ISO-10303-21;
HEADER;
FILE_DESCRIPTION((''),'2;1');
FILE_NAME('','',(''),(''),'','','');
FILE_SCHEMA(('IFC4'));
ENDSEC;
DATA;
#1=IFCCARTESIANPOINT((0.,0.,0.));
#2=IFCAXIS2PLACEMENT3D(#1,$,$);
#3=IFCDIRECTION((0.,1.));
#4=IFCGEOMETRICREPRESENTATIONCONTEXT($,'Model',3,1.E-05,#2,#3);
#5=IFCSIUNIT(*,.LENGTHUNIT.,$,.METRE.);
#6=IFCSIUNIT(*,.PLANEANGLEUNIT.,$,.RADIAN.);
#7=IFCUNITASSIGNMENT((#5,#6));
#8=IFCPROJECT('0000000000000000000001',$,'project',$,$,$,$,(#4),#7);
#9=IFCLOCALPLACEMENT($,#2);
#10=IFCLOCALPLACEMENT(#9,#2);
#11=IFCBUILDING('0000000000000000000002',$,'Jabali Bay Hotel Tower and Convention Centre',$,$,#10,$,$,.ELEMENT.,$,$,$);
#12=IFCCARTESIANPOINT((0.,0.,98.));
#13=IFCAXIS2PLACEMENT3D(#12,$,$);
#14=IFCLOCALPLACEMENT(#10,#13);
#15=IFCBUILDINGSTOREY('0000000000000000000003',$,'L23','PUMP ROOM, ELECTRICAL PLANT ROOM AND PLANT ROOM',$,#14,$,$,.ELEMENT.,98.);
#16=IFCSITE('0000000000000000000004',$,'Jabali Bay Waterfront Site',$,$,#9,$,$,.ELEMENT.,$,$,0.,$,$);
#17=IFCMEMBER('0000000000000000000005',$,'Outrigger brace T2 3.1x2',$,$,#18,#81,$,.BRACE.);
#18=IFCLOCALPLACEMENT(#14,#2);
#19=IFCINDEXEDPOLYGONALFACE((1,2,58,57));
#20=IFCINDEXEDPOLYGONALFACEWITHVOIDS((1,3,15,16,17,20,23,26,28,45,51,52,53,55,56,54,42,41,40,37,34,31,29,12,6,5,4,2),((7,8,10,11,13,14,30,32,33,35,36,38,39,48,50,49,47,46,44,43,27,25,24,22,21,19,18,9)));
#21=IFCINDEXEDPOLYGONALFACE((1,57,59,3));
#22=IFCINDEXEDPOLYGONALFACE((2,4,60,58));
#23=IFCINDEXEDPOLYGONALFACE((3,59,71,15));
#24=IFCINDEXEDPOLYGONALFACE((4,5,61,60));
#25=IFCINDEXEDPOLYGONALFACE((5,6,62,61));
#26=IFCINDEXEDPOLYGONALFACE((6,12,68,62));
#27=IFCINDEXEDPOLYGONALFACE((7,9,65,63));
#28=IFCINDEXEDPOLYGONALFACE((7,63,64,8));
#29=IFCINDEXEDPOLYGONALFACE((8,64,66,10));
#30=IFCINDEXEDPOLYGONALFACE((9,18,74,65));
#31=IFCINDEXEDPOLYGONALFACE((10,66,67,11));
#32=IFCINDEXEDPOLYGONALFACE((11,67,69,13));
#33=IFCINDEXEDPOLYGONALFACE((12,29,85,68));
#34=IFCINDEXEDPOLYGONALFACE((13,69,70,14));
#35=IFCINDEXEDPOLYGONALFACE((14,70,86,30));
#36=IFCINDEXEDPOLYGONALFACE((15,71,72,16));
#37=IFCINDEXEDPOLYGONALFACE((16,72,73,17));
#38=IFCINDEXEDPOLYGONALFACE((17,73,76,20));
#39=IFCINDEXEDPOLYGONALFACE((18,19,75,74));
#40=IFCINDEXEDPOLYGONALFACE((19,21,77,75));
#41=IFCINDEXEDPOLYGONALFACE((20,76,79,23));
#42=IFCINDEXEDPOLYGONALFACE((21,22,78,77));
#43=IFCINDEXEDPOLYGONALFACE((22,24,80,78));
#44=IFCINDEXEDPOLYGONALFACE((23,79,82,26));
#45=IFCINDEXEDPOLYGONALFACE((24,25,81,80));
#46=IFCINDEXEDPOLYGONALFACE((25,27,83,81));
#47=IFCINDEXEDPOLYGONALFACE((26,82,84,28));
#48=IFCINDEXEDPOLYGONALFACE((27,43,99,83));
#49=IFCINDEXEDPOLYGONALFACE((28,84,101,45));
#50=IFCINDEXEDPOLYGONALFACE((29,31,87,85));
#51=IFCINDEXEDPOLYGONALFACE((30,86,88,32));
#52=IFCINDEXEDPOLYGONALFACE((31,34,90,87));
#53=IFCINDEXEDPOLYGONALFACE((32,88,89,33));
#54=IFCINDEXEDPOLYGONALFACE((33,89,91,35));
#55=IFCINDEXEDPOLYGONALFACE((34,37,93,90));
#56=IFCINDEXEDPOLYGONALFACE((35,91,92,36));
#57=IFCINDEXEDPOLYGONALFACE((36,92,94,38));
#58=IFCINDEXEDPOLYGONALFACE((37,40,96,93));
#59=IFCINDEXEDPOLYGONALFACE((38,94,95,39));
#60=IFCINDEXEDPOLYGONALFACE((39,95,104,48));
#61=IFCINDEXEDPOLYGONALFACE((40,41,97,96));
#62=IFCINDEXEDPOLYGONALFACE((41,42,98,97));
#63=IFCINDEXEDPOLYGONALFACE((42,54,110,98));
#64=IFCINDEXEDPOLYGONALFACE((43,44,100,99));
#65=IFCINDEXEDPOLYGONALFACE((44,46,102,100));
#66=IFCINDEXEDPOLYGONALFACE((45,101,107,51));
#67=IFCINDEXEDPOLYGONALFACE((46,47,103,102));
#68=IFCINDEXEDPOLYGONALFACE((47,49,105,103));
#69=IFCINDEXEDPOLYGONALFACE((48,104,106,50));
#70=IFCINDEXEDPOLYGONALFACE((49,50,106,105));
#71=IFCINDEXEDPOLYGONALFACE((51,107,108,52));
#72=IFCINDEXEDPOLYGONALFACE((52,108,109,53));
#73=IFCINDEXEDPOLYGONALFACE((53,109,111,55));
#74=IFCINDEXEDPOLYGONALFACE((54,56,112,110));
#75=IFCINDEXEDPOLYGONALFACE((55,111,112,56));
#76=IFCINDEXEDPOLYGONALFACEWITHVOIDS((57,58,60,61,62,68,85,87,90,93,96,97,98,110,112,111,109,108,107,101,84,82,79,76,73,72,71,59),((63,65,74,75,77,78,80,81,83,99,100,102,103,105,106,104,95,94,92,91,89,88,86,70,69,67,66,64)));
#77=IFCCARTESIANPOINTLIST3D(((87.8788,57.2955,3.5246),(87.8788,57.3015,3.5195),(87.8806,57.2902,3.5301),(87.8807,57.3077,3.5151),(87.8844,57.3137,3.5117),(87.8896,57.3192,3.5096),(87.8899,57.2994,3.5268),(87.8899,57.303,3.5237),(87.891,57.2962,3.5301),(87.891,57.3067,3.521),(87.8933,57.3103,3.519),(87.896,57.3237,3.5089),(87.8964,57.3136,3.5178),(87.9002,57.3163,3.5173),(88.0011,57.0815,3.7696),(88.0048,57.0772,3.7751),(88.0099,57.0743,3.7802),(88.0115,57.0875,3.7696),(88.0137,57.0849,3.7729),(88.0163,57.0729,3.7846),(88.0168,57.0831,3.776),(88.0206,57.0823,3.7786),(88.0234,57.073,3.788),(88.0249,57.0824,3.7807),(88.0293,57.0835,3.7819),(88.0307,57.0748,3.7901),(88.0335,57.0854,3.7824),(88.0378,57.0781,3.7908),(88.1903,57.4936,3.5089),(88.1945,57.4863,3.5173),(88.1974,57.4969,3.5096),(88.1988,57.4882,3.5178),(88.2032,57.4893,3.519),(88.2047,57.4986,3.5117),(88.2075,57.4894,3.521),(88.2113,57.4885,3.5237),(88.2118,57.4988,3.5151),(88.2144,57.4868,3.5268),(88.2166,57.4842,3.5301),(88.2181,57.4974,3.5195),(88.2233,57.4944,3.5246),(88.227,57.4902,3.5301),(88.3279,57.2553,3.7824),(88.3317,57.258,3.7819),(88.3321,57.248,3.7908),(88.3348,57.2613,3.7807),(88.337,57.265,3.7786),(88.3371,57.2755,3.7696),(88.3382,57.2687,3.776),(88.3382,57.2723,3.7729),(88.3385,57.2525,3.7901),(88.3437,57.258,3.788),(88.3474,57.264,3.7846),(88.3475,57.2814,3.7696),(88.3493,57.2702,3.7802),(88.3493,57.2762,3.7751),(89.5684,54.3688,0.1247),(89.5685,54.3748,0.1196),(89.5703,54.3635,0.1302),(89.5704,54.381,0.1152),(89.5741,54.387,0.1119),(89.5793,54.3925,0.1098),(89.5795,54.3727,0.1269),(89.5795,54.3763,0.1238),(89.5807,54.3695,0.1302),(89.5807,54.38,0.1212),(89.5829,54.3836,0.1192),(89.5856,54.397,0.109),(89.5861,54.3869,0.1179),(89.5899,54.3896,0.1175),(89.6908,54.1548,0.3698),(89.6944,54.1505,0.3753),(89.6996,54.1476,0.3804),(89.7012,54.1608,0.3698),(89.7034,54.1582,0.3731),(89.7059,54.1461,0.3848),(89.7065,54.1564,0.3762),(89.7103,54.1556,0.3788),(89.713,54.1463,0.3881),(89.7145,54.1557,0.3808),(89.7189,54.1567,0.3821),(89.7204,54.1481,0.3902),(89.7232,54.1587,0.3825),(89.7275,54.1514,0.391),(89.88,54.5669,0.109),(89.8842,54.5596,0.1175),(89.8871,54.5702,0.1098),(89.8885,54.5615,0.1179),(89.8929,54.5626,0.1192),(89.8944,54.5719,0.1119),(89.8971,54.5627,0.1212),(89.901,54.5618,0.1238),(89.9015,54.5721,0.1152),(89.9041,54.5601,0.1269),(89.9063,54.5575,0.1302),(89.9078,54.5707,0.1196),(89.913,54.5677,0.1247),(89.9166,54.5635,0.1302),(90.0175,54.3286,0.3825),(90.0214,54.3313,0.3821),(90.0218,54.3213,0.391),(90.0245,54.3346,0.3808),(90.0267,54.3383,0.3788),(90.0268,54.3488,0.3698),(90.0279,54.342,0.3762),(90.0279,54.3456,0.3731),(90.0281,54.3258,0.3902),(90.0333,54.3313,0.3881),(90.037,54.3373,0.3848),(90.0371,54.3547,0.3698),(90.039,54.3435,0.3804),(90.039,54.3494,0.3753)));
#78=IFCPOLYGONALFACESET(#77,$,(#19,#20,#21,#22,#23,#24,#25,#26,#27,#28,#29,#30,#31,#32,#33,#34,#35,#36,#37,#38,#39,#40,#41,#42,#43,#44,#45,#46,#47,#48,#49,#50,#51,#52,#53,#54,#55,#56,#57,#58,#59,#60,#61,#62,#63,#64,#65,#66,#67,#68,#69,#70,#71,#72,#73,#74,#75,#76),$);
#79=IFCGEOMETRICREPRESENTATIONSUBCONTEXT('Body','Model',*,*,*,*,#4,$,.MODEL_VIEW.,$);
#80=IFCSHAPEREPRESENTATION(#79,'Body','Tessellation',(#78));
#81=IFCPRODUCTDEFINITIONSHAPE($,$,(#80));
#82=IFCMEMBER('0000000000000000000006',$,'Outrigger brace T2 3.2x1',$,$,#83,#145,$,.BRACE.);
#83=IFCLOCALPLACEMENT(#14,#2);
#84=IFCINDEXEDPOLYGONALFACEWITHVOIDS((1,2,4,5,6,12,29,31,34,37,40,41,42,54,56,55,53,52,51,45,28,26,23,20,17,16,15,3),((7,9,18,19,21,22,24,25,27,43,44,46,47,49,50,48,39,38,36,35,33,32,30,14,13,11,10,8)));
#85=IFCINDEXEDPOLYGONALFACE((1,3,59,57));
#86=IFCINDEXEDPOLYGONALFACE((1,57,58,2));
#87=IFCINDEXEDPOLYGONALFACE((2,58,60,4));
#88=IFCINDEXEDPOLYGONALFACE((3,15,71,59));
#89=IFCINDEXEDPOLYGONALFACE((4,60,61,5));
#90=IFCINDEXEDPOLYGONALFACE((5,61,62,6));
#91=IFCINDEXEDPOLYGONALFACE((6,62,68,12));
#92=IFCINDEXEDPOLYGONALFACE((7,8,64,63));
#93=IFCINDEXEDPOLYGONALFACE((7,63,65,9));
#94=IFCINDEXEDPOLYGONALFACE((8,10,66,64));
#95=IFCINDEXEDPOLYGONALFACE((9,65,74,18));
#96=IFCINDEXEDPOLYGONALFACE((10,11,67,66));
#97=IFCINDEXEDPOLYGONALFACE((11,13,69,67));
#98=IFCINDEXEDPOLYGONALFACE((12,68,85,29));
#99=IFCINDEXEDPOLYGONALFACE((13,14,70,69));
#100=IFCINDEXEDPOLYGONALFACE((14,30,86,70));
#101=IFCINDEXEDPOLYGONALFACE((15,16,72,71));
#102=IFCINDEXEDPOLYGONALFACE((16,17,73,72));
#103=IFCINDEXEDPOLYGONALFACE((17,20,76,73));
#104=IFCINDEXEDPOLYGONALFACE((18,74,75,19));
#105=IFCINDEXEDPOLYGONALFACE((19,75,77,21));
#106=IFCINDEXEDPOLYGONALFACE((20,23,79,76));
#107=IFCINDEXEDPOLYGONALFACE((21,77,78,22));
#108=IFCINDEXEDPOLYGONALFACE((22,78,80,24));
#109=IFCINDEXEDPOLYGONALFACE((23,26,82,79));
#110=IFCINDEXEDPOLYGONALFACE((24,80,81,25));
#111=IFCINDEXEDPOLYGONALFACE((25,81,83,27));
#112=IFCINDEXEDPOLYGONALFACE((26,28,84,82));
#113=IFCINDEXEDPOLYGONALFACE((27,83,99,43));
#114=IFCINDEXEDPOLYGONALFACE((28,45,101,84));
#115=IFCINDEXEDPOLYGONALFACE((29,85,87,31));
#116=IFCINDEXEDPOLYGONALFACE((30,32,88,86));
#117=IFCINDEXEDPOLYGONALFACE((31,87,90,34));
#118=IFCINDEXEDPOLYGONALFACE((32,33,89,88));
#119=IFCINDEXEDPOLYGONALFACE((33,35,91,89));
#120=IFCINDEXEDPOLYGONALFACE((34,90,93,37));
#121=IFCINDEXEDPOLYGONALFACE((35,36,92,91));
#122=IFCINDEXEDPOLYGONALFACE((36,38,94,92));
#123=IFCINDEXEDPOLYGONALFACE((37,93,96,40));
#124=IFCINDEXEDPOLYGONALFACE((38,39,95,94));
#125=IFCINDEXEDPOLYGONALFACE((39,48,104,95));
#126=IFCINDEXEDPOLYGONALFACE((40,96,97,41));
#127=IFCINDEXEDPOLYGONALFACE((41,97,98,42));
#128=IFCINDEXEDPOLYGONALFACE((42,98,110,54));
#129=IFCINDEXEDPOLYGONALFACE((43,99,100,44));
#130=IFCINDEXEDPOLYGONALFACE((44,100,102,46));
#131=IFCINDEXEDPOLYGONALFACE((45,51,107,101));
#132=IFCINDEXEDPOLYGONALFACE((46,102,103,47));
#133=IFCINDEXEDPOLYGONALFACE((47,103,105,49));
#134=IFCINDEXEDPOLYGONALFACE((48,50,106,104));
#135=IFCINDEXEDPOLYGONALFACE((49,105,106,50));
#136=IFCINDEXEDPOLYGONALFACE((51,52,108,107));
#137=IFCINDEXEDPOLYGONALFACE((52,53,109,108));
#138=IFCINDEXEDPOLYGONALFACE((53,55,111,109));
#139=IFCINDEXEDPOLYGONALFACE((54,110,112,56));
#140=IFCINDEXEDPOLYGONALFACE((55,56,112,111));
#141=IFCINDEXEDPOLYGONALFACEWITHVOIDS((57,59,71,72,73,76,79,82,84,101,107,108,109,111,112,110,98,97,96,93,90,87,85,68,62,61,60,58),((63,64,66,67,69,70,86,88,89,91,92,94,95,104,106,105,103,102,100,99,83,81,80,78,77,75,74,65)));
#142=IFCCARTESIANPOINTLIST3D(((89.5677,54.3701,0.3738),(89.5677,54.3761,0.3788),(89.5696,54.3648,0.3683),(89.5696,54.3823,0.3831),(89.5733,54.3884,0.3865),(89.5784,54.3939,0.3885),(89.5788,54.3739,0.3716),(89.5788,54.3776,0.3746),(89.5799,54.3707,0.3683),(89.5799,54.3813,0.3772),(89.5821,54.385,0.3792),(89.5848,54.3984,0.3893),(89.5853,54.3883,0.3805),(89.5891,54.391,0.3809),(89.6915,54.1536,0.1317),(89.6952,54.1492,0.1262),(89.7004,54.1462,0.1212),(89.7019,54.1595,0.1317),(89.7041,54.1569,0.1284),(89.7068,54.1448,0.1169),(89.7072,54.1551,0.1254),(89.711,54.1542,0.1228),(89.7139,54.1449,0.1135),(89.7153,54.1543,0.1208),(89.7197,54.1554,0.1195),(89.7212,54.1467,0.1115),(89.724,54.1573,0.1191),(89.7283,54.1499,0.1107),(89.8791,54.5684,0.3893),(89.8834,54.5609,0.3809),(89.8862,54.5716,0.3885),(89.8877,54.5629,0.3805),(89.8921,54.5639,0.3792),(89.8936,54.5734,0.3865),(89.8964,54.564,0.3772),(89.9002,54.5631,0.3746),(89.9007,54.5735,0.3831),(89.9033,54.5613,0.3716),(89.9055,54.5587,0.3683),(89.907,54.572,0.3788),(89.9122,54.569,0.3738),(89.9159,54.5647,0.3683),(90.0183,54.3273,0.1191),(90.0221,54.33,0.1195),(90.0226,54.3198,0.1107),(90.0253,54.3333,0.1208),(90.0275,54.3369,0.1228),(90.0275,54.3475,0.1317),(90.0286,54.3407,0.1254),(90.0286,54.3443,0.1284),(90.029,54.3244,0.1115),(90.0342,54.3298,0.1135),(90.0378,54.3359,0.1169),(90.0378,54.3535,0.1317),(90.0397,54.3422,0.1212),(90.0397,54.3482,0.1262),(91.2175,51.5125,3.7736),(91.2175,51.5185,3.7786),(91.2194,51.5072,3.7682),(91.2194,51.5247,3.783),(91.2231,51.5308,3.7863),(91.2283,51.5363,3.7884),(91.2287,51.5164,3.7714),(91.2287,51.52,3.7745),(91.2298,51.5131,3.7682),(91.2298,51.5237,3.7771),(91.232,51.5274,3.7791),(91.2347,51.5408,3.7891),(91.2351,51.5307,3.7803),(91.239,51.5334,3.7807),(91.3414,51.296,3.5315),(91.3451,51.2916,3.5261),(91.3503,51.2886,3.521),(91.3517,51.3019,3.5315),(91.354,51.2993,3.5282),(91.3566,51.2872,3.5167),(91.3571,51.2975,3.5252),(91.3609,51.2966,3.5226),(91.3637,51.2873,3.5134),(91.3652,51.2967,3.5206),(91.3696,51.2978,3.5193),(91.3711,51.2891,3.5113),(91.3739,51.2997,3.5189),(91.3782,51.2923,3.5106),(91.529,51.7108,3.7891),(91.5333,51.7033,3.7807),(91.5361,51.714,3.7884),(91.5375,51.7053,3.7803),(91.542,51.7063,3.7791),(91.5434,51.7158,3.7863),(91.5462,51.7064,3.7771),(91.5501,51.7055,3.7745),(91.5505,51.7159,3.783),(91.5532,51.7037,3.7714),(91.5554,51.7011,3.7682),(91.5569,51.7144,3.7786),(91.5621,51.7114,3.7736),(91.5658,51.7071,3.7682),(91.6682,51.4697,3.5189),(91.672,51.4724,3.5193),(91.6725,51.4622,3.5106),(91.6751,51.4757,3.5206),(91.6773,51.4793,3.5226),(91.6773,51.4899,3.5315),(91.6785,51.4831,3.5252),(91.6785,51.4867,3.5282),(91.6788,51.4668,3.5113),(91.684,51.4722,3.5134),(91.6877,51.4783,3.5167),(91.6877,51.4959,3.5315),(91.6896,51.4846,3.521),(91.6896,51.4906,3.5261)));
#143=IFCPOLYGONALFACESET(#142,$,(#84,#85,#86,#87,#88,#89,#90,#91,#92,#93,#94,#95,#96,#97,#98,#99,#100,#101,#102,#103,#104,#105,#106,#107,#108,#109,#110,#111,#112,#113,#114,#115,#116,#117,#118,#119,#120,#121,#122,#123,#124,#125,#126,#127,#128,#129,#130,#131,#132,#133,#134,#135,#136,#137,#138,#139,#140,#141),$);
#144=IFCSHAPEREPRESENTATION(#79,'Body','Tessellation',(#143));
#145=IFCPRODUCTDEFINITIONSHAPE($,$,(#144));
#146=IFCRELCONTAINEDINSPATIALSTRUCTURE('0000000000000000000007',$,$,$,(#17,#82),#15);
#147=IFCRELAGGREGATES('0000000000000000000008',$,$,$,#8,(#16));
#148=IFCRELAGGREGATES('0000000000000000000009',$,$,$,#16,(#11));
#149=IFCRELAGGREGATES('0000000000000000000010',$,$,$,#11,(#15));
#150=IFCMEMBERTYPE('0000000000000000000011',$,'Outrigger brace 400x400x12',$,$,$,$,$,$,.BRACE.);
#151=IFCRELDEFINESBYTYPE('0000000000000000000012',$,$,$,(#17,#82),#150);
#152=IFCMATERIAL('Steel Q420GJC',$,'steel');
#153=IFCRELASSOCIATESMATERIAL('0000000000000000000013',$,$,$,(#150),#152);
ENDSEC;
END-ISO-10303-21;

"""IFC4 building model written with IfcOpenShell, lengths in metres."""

from ifc_helpers import new_model, si_unit, direction, frame, origin, origin_2d, place, context, subcontext, project, spatial, hollow_rectangle, extrude, material, material_profile, profile_set, type_object, element, save


model = new_model("IFC4")

# Units and contexts
model_context = context("Model", 3, precision=1e-05, world=origin(), true_north=direction((0.0, 1.0)))
body_context = subcontext(model_context, "Body", "Model", "MODEL_VIEW")
ifc_project = project(units=[si_unit("LENGTHUNIT", "METRE"), si_unit("PLANEANGLEUNIT", "RADIAN")], contexts=[model_context])

# Site, building, storey
site_placement = place(None, origin())
site = spatial("IfcSite", under=ifc_project, at=site_placement, Name="Jabali Bay Waterfront Site", CompositionType="ELEMENT", RefElevation=0.0)
building_placement = place(site_placement, origin())
building = spatial("IfcBuilding", under=site, at=building_placement, Name="Jabali Bay Hotel Tower and Convention Centre", CompositionType="ELEMENT")
storey_placement = place(building_placement, frame((0.0, 0.0, 98.0)))
storey = spatial("IfcBuildingStorey", under=building, at=storey_placement, Name="L23", Description="PUMP ROOM, ELECTRICAL PLANT ROOM AND PLANT ROOM", CompositionType="ELEMENT", Elevation=98.0)

# Members
ifc_material_1 = material(Name="Steel Q420GJC", Category="steel")
ifc_material_profile_1 = material_profile(ifc_material_1, hollow_rectangle(XDim=0.3999, YDim=0.3999, WallThickness=0.012, InnerFilletRadius=0.0181, OuterFilletRadius=0.03, at=origin_2d()), Name="Outrigger brace 400x400x12")
ifc_profile_set_1 = profile_set([ifc_material_profile_1], Name="Steel Q420GJC")
member_type_1 = type_object("IfcMemberType", Name="Outrigger brace 400x400x12", PredefinedType="BRACE", material=ifc_profile_set_1)
member_1_placement = place(storey_placement, frame((89.8037, 54.3591, 0.25), z_axis=(-0.352477, 0.610532, 0.709232), x_axis=(-0.866034, -0.499985, 0.0)))
element("IfcMember", 1, at=member_1_placement, inside=storey, type_object=member_type_1, Name="Outrigger brace T2 3.1x2", PredefinedType="BRACE", context=body_context, shape_type="SweptSolid", body=[
    extrude(hollow_rectangle(XDim=0.3999, YDim=0.3999, WallThickness=0.012, InnerFilletRadius=0.0181, OuterFilletRadius=0.03, at=origin_2d()), origin(), (0.0, 0.0, 1.0), 4.7937),
])
member_2_placement = place(storey_placement, frame((89.8037, 54.3591, 0.25), z_axis=(0.348234, -0.603149, 0.717596), x_axis=(0.866022, 0.500006, 0.0)))
element("IfcMember", 2, at=member_2_placement, inside=storey, type_object=member_type_1, Name="Outrigger brace T2 3.2x1", PredefinedType="BRACE", context=body_context, shape_type="SweptSolid", body=[
    extrude(hollow_rectangle(XDim=0.3999, YDim=0.3999, WallThickness=0.012, InnerFilletRadius=0.0181, OuterFilletRadius=0.03, at=origin_2d()), origin(), (0.0, 0.0, 1.0), 4.7378),
])

save(model, "model.ifc")
